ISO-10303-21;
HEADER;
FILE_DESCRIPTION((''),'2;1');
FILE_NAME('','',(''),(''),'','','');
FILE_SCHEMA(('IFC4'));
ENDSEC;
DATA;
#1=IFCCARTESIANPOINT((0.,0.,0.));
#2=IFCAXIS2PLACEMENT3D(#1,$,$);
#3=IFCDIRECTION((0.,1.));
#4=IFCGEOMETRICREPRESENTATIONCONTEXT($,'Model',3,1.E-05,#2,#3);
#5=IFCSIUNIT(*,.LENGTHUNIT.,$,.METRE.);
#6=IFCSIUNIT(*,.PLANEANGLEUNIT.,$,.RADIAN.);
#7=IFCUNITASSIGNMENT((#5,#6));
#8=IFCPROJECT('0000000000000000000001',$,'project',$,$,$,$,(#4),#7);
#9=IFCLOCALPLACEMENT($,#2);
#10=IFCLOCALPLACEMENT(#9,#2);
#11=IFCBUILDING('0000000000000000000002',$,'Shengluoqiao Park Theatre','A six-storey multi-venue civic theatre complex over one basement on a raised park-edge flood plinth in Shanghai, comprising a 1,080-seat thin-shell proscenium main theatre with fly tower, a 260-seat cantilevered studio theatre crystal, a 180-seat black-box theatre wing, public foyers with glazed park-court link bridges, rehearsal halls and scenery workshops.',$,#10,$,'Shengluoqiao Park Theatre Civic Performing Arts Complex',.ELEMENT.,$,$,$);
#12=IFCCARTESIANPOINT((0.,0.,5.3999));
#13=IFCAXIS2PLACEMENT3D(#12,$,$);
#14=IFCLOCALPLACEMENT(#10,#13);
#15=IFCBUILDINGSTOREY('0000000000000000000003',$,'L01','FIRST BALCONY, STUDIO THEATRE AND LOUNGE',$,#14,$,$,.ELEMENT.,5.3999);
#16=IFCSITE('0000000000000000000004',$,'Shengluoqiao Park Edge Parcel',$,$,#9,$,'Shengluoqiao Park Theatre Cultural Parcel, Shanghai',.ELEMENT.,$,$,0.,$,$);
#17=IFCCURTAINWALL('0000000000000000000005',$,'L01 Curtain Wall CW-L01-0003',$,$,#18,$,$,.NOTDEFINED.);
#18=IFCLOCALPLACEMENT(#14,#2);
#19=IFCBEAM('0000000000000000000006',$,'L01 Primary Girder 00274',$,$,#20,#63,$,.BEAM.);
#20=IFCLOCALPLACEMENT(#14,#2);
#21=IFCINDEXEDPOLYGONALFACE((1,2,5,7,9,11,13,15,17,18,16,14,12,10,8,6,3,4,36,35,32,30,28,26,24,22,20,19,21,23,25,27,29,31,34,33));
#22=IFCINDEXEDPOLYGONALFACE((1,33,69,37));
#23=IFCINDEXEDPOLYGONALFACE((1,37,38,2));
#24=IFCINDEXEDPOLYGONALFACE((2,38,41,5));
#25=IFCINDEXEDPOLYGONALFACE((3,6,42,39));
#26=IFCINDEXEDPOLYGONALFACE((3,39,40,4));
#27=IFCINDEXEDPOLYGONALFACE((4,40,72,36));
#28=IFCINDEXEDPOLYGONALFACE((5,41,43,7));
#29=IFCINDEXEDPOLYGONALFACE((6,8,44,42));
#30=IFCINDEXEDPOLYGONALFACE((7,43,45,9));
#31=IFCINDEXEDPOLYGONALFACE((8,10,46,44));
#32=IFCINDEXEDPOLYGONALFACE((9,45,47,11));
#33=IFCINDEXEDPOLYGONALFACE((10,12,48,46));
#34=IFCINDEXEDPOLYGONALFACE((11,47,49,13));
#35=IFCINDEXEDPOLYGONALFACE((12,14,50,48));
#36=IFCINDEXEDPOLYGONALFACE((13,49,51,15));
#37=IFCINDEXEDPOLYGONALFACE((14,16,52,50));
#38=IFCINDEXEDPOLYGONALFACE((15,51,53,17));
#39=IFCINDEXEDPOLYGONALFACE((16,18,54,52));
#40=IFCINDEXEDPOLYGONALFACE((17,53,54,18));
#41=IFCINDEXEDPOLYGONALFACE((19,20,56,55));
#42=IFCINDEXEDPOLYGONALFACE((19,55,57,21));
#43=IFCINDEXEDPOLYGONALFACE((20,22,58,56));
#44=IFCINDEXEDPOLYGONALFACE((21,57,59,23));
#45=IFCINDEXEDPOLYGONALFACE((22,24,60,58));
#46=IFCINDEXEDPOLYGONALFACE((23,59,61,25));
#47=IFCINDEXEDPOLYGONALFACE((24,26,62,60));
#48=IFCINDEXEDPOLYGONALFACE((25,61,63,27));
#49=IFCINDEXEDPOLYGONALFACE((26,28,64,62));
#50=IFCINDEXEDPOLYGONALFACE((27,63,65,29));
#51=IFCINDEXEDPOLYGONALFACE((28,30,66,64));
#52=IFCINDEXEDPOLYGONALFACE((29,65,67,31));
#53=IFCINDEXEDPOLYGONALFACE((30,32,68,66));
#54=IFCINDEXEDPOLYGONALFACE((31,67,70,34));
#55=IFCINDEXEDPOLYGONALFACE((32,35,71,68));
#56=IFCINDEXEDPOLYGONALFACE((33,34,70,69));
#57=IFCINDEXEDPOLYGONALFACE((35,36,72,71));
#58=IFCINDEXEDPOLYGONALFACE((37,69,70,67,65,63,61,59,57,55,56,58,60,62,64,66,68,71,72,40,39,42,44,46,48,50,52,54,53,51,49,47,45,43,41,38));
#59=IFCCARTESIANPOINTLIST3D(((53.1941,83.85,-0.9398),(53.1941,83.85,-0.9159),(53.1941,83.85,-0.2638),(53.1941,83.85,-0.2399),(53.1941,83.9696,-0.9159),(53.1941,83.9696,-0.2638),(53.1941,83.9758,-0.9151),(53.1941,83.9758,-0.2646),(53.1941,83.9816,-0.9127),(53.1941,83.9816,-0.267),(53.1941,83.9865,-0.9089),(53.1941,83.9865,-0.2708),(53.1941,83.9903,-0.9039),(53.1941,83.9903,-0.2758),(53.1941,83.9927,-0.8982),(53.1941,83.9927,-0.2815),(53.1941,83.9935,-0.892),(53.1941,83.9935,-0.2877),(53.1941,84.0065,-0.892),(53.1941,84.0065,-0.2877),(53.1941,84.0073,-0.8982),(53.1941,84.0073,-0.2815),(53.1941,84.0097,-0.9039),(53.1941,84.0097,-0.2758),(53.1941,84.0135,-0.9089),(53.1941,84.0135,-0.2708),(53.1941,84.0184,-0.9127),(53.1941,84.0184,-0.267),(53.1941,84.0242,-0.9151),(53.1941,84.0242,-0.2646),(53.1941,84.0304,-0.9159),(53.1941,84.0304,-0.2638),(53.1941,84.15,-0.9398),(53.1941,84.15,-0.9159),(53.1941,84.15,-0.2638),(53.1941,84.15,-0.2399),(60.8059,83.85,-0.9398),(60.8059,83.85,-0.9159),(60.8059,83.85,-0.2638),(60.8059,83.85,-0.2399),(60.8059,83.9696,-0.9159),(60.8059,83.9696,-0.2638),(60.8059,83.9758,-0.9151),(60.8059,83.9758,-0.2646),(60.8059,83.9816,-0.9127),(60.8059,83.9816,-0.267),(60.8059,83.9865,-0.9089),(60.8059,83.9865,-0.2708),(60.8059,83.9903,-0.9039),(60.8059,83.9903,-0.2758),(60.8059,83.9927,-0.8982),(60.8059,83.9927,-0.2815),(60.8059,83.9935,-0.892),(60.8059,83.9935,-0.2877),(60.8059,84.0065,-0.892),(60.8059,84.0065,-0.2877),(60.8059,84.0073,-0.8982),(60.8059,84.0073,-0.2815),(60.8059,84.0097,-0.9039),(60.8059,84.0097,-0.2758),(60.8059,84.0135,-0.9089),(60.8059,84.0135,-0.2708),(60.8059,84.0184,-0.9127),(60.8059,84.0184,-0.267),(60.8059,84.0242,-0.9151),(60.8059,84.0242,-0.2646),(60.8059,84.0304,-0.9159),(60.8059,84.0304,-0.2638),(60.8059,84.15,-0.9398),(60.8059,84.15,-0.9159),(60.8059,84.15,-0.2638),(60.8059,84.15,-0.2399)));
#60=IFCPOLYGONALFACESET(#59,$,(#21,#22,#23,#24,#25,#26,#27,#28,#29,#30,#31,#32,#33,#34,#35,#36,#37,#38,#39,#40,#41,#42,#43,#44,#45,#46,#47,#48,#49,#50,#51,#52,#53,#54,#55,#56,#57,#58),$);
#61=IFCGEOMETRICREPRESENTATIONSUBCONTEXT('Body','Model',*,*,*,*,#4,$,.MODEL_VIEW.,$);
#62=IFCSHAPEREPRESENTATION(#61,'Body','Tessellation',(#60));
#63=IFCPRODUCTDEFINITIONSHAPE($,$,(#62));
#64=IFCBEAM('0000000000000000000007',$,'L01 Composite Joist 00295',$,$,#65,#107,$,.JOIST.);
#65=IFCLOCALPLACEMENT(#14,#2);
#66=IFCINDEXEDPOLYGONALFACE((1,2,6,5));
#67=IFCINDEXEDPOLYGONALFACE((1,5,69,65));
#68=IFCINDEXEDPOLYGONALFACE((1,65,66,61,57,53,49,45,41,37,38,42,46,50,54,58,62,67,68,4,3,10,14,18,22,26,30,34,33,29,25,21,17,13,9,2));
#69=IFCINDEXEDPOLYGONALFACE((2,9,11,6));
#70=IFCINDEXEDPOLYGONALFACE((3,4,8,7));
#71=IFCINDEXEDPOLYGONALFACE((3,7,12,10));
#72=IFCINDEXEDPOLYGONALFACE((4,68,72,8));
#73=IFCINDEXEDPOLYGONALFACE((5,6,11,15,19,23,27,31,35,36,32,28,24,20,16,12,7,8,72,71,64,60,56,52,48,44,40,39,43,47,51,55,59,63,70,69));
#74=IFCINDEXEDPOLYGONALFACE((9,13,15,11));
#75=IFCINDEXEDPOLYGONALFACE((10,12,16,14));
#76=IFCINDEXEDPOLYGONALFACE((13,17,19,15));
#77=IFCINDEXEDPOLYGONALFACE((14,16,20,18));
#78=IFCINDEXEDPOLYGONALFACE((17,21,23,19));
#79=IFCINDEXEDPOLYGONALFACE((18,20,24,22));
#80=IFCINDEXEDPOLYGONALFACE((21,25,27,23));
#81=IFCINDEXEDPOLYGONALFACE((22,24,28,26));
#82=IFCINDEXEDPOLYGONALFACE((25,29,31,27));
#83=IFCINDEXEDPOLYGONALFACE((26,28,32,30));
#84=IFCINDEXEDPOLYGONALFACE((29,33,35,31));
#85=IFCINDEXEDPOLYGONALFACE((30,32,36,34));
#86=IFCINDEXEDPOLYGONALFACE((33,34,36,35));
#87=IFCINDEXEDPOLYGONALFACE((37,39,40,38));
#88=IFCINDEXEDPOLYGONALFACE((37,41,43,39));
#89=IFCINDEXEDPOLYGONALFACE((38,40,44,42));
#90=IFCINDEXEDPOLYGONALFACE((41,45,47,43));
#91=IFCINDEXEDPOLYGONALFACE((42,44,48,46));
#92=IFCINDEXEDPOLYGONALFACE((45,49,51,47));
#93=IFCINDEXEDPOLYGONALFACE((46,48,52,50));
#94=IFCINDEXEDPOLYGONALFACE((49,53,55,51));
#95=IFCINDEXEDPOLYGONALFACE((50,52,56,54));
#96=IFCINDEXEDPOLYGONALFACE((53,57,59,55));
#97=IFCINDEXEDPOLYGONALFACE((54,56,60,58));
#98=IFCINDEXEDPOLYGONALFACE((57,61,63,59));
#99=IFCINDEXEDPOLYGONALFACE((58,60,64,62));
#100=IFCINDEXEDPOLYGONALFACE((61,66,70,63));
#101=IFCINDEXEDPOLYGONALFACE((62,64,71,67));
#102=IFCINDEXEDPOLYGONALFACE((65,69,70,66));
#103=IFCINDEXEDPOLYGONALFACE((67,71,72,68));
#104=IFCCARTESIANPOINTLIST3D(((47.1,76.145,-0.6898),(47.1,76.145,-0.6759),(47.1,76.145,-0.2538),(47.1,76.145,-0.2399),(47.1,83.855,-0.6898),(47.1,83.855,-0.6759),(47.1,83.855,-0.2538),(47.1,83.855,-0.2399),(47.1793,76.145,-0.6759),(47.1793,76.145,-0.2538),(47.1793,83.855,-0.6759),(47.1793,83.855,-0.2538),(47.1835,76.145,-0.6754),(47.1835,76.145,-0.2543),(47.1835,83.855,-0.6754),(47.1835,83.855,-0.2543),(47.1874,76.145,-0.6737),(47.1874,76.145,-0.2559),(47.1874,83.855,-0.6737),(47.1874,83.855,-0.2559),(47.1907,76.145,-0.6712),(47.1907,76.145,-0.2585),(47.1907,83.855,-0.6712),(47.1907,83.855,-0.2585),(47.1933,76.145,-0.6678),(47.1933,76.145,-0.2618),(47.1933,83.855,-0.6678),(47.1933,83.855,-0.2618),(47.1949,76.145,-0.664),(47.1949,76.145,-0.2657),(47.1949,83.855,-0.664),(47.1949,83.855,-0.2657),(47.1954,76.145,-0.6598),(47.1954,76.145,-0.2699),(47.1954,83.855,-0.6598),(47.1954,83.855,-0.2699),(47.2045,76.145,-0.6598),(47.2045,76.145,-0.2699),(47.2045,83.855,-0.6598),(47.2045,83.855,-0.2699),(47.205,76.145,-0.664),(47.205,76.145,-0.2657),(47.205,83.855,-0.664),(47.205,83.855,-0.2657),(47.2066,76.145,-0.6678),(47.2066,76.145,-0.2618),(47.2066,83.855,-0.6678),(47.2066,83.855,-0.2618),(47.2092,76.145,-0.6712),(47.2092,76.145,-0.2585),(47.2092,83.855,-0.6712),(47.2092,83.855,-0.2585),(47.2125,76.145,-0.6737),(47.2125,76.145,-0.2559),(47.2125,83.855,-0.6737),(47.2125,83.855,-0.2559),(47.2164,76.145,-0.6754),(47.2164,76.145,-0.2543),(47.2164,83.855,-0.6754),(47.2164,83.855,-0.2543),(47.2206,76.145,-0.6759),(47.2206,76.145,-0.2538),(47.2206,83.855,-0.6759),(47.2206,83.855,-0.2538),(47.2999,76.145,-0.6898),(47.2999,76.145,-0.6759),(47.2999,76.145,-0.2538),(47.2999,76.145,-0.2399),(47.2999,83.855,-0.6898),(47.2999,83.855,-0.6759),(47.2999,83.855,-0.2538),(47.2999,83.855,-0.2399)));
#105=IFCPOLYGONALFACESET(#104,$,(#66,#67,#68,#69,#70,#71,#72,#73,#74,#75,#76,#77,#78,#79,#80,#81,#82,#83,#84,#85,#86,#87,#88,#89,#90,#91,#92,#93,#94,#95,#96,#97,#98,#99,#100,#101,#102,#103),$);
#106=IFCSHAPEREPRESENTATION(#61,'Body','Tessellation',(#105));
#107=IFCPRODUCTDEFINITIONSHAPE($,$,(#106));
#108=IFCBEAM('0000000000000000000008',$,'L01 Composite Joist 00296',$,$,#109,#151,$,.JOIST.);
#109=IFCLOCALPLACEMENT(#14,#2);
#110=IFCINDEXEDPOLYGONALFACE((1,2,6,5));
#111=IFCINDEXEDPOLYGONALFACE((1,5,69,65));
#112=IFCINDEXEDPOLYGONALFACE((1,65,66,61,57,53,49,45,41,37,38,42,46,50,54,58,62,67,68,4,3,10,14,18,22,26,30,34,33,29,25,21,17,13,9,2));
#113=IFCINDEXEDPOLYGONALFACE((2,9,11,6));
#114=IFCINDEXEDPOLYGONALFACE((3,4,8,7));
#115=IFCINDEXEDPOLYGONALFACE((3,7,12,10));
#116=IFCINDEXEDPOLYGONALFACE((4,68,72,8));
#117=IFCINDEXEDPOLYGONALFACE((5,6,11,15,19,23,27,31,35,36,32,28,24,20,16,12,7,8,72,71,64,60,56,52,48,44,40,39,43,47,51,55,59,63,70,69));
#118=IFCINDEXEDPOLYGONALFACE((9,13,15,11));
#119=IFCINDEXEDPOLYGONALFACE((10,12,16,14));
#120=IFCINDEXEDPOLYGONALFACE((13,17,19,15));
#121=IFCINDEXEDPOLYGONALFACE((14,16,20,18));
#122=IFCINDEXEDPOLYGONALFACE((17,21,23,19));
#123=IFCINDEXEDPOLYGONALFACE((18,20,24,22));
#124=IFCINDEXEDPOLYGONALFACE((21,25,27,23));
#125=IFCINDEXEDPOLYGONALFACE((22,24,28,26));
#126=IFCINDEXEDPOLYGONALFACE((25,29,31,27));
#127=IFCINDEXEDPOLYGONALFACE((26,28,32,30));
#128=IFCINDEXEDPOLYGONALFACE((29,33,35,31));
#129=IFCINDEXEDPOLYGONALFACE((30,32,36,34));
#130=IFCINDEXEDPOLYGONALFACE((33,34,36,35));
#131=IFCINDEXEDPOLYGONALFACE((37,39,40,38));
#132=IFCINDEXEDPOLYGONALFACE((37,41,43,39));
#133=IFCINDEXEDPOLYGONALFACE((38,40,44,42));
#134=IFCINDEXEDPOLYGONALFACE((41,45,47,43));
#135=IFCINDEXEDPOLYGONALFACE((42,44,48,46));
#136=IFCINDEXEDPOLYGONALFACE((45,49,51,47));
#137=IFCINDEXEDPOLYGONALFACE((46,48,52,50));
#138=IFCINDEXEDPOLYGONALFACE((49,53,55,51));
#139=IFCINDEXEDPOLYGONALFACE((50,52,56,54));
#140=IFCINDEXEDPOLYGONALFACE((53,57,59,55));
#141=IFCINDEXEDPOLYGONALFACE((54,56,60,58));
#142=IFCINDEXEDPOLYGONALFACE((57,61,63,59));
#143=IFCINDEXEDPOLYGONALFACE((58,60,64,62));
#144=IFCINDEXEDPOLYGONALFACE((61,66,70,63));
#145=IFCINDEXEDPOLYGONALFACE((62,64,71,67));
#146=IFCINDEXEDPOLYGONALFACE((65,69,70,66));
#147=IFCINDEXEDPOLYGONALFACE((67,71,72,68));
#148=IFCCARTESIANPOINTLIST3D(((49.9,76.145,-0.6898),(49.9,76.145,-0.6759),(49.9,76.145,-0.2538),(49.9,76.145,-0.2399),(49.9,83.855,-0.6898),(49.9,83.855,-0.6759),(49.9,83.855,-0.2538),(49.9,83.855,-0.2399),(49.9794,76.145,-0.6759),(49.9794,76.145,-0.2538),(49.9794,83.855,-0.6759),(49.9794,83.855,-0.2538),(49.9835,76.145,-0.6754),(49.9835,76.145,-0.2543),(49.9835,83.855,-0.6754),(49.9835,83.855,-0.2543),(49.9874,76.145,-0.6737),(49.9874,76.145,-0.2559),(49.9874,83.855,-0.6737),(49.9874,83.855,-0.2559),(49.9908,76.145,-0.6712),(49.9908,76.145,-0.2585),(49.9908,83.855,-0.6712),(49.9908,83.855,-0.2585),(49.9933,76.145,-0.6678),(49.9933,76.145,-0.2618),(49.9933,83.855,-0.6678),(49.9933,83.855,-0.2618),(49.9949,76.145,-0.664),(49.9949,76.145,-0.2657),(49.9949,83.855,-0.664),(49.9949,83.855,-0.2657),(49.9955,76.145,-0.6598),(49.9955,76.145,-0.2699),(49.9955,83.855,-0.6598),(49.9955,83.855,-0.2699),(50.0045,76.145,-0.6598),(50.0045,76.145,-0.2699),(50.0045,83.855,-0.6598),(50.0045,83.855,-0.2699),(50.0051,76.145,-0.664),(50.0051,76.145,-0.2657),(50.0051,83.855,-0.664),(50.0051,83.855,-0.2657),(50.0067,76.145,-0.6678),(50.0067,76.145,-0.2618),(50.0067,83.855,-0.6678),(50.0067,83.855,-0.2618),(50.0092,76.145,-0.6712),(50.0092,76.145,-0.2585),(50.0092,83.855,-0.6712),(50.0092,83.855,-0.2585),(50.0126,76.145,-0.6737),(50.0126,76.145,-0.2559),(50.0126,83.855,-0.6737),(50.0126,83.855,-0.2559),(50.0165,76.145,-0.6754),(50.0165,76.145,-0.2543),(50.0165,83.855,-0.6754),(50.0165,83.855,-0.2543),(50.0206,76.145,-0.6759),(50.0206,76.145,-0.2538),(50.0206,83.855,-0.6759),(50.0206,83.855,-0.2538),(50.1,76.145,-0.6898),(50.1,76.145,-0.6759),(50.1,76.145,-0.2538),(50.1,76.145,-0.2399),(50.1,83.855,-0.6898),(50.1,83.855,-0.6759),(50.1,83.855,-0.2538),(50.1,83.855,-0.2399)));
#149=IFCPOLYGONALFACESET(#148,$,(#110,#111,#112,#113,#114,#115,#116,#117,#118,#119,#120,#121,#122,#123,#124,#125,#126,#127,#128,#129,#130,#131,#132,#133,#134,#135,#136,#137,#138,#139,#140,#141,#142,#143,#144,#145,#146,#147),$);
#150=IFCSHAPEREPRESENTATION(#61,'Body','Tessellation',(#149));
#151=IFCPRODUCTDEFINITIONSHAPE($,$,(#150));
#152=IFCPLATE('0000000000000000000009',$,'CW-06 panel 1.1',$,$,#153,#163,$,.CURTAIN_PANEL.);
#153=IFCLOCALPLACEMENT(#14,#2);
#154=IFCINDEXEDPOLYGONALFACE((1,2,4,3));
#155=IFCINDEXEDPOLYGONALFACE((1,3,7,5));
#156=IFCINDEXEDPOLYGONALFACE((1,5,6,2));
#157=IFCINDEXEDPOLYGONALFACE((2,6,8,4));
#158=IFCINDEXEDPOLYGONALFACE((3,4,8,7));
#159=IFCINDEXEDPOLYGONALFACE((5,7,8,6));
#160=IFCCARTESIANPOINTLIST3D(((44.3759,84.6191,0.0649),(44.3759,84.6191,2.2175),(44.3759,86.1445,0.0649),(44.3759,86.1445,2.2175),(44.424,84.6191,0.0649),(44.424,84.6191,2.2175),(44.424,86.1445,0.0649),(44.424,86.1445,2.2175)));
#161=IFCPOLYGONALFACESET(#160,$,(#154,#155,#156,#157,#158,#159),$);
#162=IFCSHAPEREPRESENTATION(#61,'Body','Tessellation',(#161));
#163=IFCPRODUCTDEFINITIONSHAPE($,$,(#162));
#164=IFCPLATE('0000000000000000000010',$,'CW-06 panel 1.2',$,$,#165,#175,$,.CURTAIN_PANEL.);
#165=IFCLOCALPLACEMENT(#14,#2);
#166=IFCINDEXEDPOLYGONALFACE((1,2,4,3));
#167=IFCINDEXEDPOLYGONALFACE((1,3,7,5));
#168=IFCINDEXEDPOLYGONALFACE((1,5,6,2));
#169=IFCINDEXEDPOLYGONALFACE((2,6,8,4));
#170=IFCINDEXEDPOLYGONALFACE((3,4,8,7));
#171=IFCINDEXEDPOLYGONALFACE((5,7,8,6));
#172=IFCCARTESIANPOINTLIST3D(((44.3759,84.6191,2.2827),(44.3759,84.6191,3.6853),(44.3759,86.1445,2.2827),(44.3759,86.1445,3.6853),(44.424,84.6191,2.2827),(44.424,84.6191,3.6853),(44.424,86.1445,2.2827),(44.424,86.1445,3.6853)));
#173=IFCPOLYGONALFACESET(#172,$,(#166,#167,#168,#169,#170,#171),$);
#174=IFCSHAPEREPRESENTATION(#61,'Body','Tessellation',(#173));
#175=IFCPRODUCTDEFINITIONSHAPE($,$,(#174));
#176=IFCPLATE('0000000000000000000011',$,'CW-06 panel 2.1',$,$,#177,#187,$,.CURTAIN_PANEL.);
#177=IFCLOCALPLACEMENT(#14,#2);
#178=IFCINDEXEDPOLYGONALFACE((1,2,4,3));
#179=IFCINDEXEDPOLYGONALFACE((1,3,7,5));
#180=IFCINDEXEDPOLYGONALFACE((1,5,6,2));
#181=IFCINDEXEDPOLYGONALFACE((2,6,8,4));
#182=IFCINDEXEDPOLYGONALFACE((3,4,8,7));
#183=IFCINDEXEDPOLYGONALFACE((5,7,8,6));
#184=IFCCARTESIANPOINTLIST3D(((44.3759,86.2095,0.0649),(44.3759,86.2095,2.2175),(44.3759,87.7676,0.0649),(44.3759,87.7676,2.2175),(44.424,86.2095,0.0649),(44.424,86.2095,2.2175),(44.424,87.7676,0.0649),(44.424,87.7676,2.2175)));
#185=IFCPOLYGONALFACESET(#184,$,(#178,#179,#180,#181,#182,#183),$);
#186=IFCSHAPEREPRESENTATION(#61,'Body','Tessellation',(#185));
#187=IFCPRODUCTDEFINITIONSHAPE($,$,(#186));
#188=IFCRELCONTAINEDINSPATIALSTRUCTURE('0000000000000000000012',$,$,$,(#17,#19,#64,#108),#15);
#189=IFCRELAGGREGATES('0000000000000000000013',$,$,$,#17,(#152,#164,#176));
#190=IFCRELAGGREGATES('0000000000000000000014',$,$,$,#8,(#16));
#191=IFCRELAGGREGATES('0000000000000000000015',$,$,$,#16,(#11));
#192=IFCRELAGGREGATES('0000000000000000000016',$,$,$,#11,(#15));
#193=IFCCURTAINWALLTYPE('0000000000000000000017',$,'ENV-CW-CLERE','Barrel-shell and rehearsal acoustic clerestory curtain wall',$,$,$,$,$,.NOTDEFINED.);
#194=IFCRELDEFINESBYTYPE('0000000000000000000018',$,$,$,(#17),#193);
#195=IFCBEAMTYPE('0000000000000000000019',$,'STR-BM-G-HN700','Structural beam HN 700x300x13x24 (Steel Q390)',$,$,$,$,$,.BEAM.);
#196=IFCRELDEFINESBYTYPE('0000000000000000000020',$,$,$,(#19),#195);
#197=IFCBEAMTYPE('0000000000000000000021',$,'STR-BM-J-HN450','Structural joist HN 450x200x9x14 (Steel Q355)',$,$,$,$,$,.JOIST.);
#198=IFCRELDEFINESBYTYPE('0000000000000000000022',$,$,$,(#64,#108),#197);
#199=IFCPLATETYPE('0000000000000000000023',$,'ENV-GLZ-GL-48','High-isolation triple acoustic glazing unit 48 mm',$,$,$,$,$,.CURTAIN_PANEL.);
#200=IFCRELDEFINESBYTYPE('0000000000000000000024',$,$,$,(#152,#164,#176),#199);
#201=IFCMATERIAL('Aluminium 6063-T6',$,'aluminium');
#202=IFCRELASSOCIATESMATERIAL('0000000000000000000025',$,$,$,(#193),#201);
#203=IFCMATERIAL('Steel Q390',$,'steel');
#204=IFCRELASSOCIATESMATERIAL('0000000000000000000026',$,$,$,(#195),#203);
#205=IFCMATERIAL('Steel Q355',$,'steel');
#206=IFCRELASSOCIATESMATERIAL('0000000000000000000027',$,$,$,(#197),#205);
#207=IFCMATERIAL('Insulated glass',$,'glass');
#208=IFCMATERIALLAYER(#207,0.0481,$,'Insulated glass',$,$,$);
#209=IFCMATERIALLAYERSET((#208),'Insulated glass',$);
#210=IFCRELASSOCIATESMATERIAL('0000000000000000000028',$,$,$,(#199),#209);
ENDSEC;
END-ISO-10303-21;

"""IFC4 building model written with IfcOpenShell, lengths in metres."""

from ifc_helpers import new_model, si_unit, direction, frame, origin, origin_2d, place, context, subcontext, project, spatial, rectangle, i_section, extrude, material, layer, layer_set, material_profile, profile_set, type_object, element, aggregate, save


model = new_model("IFC4")

# Units and contexts
model_context = context("Model", 3, precision=1e-05, world=origin(), true_north=direction((0.0, 1.0)))
body_context = subcontext(model_context, "Body", "Model", "MODEL_VIEW")
ifc_project = project(units=[si_unit("LENGTHUNIT", "METRE"), si_unit("PLANEANGLEUNIT", "RADIAN")], contexts=[model_context])

# Site, building, storey
site_placement = place(None, origin())
site = spatial("IfcSite", under=ifc_project, at=site_placement, Name="Shengluoqiao Park Edge Parcel", LongName="Shengluoqiao Park Theatre Cultural Parcel, Shanghai", CompositionType="ELEMENT", RefElevation=0.0)
building_placement = place(site_placement, origin())
building = spatial("IfcBuilding", under=site, at=building_placement, Name="Shengluoqiao Park Theatre", Description="A six-storey multi-venue civic theatre complex over one basement on a raised park-edge flood plinth in Shanghai, comprising a 1,080-seat thin-shell proscenium main theatre with fly tower, a 260-seat cantilevered studio theatre crystal, a 180-seat black-box theatre wing, public foyers with glazed park-court link bridges, rehearsal halls and scenery workshops.", LongName="Shengluoqiao Park Theatre Civic Performing Arts Complex", CompositionType="ELEMENT")
storey_placement = place(building_placement, frame((0.0, 0.0, 5.3999)))
storey = spatial("IfcBuildingStorey", under=building, at=storey_placement, Name="L01", Description="FIRST BALCONY, STUDIO THEATRE AND LOUNGE", CompositionType="ELEMENT", Elevation=5.3999)

# Curtain wall
ifc_material_1 = material(Name="Aluminium 6063-T6", Category="aluminium")
curtain_wall_type = type_object("IfcCurtainWallType", Name="ENV-CW-CLERE", Description="Barrel-shell and rehearsal acoustic clerestory curtain wall", PredefinedType="NOTDEFINED", material=ifc_material_1)
curtain_wall_placement = place(storey_placement, origin())
curtain_wall = element("IfcCurtainWall", 1, at=curtain_wall_placement, inside=storey, type_object=curtain_wall_type, Name="L01 Curtain Wall CW-L01-0003", PredefinedType="NOTDEFINED")

# Beams
ifc_material_2 = material(Name="Steel Q355", Category="steel")
ifc_material_3 = material(Name="Steel Q390", Category="steel")
ifc_material_profile_1 = material_profile(ifc_material_3, i_section(OverallWidth=0.3, OverallDepth=0.7, WebThickness=0.0129, FlangeThickness=0.0239, FilletRadius=0.0239, at=origin_2d()), Name="HN 700x300x13x24")
ifc_profile_set_1 = profile_set([ifc_material_profile_1], Name="Steel Q390")
beam_type_1 = type_object("IfcBeamType", Name="STR-BM-G-HN700", Description="Structural beam HN 700x300x13x24 (Steel Q390)", PredefinedType="BEAM", material=ifc_profile_set_1)
beam_1_placement = place(storey_placement, frame((53.1941, 84.0, -0.5898), z_axis=(1.0, 0.0, 0.0), x_axis=(0.0, 1.0, 0.0)))
element("IfcBeam", 2, at=beam_1_placement, inside=storey, type_object=beam_type_1, Name="L01 Primary Girder 00274", PredefinedType="BEAM", context=body_context, shape_type="SweptSolid", body=[
    extrude(i_section(OverallWidth=0.3, OverallDepth=0.7, WebThickness=0.0129, FlangeThickness=0.0239, FilletRadius=0.0239, at=origin_2d()), origin(), (0.0, 0.0, 1.0), 7.6118),
])
ifc_material_profile_2 = material_profile(ifc_material_2, i_section(OverallWidth=0.2, OverallDepth=0.45, WebThickness=0.009, FlangeThickness=0.0139, FilletRadius=0.0161, at=origin_2d()), Name="HN 450x200x9x14")
ifc_profile_set_2 = profile_set([ifc_material_profile_2], Name="Steel Q355")
beam_type_2 = type_object("IfcBeamType", Name="STR-BM-J-HN450", Description="Structural joist HN 450x200x9x14 (Steel Q355)", PredefinedType="JOIST", material=ifc_profile_set_2)
for number, where, z_axis, x_axis, name in (
    (3, (47.2, 76.145, -0.4648), (0.0, 1.0, 0.0), (-1.0, 0.0, 0.0), "L01 Composite Joist 00295"),
    (4, (50.0, 76.145, -0.4648), (0.0, 1.0, 0.0), (-1.0, 0.0, 0.0), "L01 Composite Joist 00296"),
):
    element("IfcBeam", number, at=place(storey_placement, frame(where, z_axis=z_axis, x_axis=x_axis)), inside=storey, type_object=beam_type_2, Name=name, PredefinedType="JOIST", context=body_context, shape_type="SweptSolid", body=[
        extrude(i_section(OverallWidth=0.2, OverallDepth=0.45, WebThickness=0.009, FlangeThickness=0.0139, FilletRadius=0.0161, at=origin_2d()), origin(), (0.0, 0.0, 1.0), 7.71),
    ])

# Plates
ifc_material_4 = material(Name="Insulated glass", Category="glass")
ifc_layer_1 = layer(ifc_material_4, 0.0481, Name="Insulated glass")
ifc_layer_set_1 = layer_set([ifc_layer_1], Name="Insulated glass")
plate_type = type_object("IfcPlateType", Name="ENV-GLZ-GL-48", Description="High-isolation triple acoustic glazing unit 48 mm", PredefinedType="CURTAIN_PANEL", material=ifc_layer_set_1)
plate_1_placement = place(storey_placement, frame((44.3999, 85.3818, 0.0649), z_axis=(0.0, 0.0, 1.0), x_axis=(0.0, 1.0, 0.0)))
plate_1 = element("IfcPlate", 5, at=plate_1_placement, type_object=plate_type, Name="CW-06 panel 1.1", PredefinedType="CURTAIN_PANEL", context=body_context, shape_type="SweptSolid", body=[
    extrude(rectangle(XDim=1.5254, YDim=0.0481, at=origin_2d()), origin(), (0.0, 0.0, 1.0), 2.1526),
])
plate_2_placement = place(storey_placement, frame((44.3999, 85.3818, 2.2827), z_axis=(0.0, 0.0, 1.0), x_axis=(0.0, 1.0, 0.0)))
plate_2 = element("IfcPlate", 6, at=plate_2_placement, type_object=plate_type, Name="CW-06 panel 1.2", PredefinedType="CURTAIN_PANEL", context=body_context, shape_type="SweptSolid", body=[
    extrude(rectangle(XDim=1.5254, YDim=0.0481, at=origin_2d()), origin(), (0.0, 0.0, 1.0), 1.4026),
])
plate_3_placement = place(storey_placement, frame((44.3999, 86.9885, 0.0649), z_axis=(0.0, 0.0, 1.0), x_axis=(0.0, 1.0, 0.0)))
plate_3 = element("IfcPlate", 7, at=plate_3_placement, type_object=plate_type, Name="CW-06 panel 2.1", PredefinedType="CURTAIN_PANEL", context=body_context, shape_type="SweptSolid", body=[
    extrude(rectangle(XDim=1.5581, YDim=0.0481, at=origin_2d()), origin(), (0.0, 0.0, 1.0), 2.1526),
])
aggregate(curtain_wall, [plate_1, plate_2, plate_3])

save(model, "model.ifc")
